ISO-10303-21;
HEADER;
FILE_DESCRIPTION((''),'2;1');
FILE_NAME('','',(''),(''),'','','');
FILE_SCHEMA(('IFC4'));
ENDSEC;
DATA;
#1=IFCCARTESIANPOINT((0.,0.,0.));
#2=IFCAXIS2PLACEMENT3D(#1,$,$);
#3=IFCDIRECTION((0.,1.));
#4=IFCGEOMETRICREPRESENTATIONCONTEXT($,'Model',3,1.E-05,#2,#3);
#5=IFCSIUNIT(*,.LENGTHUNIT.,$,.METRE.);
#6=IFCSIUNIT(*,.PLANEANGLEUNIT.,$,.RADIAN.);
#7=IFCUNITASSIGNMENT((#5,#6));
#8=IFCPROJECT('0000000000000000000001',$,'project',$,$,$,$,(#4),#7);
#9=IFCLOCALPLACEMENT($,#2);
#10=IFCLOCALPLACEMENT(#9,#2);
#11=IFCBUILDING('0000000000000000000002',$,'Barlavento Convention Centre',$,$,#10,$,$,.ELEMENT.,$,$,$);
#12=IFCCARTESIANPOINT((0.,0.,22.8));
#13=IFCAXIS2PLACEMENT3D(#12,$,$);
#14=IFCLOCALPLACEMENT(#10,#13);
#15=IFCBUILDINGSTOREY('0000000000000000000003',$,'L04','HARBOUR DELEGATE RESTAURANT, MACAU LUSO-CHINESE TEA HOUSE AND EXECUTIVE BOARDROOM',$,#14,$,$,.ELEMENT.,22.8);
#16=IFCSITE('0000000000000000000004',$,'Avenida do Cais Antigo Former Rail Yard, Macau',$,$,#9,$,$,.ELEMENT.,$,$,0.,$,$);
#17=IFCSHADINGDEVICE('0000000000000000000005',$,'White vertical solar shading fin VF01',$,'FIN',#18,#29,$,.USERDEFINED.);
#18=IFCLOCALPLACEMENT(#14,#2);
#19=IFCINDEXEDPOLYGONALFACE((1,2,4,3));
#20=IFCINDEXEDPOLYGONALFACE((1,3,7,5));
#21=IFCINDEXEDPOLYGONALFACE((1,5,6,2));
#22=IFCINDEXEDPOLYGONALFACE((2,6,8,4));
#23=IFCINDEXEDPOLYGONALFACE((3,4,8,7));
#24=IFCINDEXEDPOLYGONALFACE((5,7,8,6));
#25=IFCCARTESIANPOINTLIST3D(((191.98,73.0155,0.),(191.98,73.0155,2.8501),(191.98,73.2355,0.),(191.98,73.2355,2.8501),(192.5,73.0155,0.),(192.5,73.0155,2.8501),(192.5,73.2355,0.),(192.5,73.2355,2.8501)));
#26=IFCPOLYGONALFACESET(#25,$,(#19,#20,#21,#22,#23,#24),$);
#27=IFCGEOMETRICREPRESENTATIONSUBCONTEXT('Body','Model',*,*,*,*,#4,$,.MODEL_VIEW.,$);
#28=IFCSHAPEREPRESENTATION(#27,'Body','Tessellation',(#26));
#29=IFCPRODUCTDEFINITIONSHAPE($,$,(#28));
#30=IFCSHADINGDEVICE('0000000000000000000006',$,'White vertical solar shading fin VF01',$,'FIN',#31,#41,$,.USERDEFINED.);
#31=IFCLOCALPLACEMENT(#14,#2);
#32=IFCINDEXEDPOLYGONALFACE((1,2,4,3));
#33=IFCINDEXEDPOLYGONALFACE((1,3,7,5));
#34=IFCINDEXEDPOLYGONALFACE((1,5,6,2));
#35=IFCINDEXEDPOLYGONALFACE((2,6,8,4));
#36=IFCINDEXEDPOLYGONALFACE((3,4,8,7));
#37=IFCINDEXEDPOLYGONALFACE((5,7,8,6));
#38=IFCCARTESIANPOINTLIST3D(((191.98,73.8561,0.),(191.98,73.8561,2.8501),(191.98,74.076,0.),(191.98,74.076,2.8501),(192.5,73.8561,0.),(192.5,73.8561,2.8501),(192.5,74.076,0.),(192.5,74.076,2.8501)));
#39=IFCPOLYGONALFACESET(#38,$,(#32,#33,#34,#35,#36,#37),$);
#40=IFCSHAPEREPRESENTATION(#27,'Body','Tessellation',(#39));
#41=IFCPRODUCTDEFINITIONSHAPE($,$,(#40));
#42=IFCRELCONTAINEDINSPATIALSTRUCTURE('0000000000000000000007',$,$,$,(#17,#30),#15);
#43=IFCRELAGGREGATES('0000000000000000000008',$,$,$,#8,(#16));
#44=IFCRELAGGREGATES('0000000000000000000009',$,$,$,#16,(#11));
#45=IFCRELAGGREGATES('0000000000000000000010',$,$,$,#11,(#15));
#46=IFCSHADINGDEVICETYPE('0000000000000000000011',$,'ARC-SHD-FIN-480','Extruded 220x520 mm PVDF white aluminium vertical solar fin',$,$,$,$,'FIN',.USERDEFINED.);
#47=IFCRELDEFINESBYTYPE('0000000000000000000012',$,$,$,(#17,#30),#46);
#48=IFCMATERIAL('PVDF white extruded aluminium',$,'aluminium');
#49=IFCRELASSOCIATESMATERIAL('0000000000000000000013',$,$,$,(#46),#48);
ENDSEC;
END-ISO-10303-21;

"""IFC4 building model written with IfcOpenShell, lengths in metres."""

from ifc_helpers import new_model, si_unit, direction, frame, origin, origin_2d, place, context, subcontext, project, spatial, rectangle, extrude, material, type_object, element, save


model = new_model("IFC4")

# Units and contexts
model_context = context("Model", 3, precision=1e-05, world=origin(), true_north=direction((0.0, 1.0)))
body_context = subcontext(model_context, "Body", "Model", "MODEL_VIEW")
ifc_project = project(units=[si_unit("LENGTHUNIT", "METRE"), si_unit("PLANEANGLEUNIT", "RADIAN")], contexts=[model_context])

# Site, building, storey
site_placement = place(None, origin())
site = spatial("IfcSite", under=ifc_project, at=site_placement, Name="Avenida do Cais Antigo Former Rail Yard, Macau", CompositionType="ELEMENT", RefElevation=0.0)
building_placement = place(site_placement, origin())
building = spatial("IfcBuilding", under=site, at=building_placement, Name="Barlavento Convention Centre", CompositionType="ELEMENT")
storey_placement = place(building_placement, frame((0.0, 0.0, 22.8)))
storey = spatial("IfcBuildingStorey", under=building, at=storey_placement, Name="L04", Description="HARBOUR DELEGATE RESTAURANT, MACAU LUSO-CHINESE TEA HOUSE AND EXECUTIVE BOARDROOM", CompositionType="ELEMENT", Elevation=22.8)

# Shading devices
ifc_material_1 = material(Name="PVDF white extruded aluminium", Category="aluminium")
shading_device_type = type_object("IfcShadingDeviceType", Name="ARC-SHD-FIN-480", Description="Extruded 220x520 mm PVDF white aluminium vertical solar fin", ElementType="FIN", PredefinedType="USERDEFINED", material=ifc_material_1)
for number, where, z_axis, x_axis, name in (
    (1, (192.24, 73.1255, 0.0), (0.0, 0.0, 1.0), (0.0, 1.0, 0.0), "White vertical solar shading fin VF01"),
    (2, (192.24, 73.9661, 0.0), (0.0, 0.0, 1.0), (0.0, 1.0, 0.0), "White vertical solar shading fin VF01"),
):
    element("IfcShadingDevice", number, at=place(storey_placement, frame(where, z_axis=z_axis, x_axis=x_axis)), inside=storey, type_object=shading_device_type, Name=name, ObjectType="FIN", PredefinedType="USERDEFINED", context=body_context, shape_type="SweptSolid", body=[
        extrude(rectangle(XDim=0.22, YDim=0.52, at=origin_2d()), origin(), (0.0, 0.0, 1.0), 2.8501),
    ])

save(model, "model.ifc")
